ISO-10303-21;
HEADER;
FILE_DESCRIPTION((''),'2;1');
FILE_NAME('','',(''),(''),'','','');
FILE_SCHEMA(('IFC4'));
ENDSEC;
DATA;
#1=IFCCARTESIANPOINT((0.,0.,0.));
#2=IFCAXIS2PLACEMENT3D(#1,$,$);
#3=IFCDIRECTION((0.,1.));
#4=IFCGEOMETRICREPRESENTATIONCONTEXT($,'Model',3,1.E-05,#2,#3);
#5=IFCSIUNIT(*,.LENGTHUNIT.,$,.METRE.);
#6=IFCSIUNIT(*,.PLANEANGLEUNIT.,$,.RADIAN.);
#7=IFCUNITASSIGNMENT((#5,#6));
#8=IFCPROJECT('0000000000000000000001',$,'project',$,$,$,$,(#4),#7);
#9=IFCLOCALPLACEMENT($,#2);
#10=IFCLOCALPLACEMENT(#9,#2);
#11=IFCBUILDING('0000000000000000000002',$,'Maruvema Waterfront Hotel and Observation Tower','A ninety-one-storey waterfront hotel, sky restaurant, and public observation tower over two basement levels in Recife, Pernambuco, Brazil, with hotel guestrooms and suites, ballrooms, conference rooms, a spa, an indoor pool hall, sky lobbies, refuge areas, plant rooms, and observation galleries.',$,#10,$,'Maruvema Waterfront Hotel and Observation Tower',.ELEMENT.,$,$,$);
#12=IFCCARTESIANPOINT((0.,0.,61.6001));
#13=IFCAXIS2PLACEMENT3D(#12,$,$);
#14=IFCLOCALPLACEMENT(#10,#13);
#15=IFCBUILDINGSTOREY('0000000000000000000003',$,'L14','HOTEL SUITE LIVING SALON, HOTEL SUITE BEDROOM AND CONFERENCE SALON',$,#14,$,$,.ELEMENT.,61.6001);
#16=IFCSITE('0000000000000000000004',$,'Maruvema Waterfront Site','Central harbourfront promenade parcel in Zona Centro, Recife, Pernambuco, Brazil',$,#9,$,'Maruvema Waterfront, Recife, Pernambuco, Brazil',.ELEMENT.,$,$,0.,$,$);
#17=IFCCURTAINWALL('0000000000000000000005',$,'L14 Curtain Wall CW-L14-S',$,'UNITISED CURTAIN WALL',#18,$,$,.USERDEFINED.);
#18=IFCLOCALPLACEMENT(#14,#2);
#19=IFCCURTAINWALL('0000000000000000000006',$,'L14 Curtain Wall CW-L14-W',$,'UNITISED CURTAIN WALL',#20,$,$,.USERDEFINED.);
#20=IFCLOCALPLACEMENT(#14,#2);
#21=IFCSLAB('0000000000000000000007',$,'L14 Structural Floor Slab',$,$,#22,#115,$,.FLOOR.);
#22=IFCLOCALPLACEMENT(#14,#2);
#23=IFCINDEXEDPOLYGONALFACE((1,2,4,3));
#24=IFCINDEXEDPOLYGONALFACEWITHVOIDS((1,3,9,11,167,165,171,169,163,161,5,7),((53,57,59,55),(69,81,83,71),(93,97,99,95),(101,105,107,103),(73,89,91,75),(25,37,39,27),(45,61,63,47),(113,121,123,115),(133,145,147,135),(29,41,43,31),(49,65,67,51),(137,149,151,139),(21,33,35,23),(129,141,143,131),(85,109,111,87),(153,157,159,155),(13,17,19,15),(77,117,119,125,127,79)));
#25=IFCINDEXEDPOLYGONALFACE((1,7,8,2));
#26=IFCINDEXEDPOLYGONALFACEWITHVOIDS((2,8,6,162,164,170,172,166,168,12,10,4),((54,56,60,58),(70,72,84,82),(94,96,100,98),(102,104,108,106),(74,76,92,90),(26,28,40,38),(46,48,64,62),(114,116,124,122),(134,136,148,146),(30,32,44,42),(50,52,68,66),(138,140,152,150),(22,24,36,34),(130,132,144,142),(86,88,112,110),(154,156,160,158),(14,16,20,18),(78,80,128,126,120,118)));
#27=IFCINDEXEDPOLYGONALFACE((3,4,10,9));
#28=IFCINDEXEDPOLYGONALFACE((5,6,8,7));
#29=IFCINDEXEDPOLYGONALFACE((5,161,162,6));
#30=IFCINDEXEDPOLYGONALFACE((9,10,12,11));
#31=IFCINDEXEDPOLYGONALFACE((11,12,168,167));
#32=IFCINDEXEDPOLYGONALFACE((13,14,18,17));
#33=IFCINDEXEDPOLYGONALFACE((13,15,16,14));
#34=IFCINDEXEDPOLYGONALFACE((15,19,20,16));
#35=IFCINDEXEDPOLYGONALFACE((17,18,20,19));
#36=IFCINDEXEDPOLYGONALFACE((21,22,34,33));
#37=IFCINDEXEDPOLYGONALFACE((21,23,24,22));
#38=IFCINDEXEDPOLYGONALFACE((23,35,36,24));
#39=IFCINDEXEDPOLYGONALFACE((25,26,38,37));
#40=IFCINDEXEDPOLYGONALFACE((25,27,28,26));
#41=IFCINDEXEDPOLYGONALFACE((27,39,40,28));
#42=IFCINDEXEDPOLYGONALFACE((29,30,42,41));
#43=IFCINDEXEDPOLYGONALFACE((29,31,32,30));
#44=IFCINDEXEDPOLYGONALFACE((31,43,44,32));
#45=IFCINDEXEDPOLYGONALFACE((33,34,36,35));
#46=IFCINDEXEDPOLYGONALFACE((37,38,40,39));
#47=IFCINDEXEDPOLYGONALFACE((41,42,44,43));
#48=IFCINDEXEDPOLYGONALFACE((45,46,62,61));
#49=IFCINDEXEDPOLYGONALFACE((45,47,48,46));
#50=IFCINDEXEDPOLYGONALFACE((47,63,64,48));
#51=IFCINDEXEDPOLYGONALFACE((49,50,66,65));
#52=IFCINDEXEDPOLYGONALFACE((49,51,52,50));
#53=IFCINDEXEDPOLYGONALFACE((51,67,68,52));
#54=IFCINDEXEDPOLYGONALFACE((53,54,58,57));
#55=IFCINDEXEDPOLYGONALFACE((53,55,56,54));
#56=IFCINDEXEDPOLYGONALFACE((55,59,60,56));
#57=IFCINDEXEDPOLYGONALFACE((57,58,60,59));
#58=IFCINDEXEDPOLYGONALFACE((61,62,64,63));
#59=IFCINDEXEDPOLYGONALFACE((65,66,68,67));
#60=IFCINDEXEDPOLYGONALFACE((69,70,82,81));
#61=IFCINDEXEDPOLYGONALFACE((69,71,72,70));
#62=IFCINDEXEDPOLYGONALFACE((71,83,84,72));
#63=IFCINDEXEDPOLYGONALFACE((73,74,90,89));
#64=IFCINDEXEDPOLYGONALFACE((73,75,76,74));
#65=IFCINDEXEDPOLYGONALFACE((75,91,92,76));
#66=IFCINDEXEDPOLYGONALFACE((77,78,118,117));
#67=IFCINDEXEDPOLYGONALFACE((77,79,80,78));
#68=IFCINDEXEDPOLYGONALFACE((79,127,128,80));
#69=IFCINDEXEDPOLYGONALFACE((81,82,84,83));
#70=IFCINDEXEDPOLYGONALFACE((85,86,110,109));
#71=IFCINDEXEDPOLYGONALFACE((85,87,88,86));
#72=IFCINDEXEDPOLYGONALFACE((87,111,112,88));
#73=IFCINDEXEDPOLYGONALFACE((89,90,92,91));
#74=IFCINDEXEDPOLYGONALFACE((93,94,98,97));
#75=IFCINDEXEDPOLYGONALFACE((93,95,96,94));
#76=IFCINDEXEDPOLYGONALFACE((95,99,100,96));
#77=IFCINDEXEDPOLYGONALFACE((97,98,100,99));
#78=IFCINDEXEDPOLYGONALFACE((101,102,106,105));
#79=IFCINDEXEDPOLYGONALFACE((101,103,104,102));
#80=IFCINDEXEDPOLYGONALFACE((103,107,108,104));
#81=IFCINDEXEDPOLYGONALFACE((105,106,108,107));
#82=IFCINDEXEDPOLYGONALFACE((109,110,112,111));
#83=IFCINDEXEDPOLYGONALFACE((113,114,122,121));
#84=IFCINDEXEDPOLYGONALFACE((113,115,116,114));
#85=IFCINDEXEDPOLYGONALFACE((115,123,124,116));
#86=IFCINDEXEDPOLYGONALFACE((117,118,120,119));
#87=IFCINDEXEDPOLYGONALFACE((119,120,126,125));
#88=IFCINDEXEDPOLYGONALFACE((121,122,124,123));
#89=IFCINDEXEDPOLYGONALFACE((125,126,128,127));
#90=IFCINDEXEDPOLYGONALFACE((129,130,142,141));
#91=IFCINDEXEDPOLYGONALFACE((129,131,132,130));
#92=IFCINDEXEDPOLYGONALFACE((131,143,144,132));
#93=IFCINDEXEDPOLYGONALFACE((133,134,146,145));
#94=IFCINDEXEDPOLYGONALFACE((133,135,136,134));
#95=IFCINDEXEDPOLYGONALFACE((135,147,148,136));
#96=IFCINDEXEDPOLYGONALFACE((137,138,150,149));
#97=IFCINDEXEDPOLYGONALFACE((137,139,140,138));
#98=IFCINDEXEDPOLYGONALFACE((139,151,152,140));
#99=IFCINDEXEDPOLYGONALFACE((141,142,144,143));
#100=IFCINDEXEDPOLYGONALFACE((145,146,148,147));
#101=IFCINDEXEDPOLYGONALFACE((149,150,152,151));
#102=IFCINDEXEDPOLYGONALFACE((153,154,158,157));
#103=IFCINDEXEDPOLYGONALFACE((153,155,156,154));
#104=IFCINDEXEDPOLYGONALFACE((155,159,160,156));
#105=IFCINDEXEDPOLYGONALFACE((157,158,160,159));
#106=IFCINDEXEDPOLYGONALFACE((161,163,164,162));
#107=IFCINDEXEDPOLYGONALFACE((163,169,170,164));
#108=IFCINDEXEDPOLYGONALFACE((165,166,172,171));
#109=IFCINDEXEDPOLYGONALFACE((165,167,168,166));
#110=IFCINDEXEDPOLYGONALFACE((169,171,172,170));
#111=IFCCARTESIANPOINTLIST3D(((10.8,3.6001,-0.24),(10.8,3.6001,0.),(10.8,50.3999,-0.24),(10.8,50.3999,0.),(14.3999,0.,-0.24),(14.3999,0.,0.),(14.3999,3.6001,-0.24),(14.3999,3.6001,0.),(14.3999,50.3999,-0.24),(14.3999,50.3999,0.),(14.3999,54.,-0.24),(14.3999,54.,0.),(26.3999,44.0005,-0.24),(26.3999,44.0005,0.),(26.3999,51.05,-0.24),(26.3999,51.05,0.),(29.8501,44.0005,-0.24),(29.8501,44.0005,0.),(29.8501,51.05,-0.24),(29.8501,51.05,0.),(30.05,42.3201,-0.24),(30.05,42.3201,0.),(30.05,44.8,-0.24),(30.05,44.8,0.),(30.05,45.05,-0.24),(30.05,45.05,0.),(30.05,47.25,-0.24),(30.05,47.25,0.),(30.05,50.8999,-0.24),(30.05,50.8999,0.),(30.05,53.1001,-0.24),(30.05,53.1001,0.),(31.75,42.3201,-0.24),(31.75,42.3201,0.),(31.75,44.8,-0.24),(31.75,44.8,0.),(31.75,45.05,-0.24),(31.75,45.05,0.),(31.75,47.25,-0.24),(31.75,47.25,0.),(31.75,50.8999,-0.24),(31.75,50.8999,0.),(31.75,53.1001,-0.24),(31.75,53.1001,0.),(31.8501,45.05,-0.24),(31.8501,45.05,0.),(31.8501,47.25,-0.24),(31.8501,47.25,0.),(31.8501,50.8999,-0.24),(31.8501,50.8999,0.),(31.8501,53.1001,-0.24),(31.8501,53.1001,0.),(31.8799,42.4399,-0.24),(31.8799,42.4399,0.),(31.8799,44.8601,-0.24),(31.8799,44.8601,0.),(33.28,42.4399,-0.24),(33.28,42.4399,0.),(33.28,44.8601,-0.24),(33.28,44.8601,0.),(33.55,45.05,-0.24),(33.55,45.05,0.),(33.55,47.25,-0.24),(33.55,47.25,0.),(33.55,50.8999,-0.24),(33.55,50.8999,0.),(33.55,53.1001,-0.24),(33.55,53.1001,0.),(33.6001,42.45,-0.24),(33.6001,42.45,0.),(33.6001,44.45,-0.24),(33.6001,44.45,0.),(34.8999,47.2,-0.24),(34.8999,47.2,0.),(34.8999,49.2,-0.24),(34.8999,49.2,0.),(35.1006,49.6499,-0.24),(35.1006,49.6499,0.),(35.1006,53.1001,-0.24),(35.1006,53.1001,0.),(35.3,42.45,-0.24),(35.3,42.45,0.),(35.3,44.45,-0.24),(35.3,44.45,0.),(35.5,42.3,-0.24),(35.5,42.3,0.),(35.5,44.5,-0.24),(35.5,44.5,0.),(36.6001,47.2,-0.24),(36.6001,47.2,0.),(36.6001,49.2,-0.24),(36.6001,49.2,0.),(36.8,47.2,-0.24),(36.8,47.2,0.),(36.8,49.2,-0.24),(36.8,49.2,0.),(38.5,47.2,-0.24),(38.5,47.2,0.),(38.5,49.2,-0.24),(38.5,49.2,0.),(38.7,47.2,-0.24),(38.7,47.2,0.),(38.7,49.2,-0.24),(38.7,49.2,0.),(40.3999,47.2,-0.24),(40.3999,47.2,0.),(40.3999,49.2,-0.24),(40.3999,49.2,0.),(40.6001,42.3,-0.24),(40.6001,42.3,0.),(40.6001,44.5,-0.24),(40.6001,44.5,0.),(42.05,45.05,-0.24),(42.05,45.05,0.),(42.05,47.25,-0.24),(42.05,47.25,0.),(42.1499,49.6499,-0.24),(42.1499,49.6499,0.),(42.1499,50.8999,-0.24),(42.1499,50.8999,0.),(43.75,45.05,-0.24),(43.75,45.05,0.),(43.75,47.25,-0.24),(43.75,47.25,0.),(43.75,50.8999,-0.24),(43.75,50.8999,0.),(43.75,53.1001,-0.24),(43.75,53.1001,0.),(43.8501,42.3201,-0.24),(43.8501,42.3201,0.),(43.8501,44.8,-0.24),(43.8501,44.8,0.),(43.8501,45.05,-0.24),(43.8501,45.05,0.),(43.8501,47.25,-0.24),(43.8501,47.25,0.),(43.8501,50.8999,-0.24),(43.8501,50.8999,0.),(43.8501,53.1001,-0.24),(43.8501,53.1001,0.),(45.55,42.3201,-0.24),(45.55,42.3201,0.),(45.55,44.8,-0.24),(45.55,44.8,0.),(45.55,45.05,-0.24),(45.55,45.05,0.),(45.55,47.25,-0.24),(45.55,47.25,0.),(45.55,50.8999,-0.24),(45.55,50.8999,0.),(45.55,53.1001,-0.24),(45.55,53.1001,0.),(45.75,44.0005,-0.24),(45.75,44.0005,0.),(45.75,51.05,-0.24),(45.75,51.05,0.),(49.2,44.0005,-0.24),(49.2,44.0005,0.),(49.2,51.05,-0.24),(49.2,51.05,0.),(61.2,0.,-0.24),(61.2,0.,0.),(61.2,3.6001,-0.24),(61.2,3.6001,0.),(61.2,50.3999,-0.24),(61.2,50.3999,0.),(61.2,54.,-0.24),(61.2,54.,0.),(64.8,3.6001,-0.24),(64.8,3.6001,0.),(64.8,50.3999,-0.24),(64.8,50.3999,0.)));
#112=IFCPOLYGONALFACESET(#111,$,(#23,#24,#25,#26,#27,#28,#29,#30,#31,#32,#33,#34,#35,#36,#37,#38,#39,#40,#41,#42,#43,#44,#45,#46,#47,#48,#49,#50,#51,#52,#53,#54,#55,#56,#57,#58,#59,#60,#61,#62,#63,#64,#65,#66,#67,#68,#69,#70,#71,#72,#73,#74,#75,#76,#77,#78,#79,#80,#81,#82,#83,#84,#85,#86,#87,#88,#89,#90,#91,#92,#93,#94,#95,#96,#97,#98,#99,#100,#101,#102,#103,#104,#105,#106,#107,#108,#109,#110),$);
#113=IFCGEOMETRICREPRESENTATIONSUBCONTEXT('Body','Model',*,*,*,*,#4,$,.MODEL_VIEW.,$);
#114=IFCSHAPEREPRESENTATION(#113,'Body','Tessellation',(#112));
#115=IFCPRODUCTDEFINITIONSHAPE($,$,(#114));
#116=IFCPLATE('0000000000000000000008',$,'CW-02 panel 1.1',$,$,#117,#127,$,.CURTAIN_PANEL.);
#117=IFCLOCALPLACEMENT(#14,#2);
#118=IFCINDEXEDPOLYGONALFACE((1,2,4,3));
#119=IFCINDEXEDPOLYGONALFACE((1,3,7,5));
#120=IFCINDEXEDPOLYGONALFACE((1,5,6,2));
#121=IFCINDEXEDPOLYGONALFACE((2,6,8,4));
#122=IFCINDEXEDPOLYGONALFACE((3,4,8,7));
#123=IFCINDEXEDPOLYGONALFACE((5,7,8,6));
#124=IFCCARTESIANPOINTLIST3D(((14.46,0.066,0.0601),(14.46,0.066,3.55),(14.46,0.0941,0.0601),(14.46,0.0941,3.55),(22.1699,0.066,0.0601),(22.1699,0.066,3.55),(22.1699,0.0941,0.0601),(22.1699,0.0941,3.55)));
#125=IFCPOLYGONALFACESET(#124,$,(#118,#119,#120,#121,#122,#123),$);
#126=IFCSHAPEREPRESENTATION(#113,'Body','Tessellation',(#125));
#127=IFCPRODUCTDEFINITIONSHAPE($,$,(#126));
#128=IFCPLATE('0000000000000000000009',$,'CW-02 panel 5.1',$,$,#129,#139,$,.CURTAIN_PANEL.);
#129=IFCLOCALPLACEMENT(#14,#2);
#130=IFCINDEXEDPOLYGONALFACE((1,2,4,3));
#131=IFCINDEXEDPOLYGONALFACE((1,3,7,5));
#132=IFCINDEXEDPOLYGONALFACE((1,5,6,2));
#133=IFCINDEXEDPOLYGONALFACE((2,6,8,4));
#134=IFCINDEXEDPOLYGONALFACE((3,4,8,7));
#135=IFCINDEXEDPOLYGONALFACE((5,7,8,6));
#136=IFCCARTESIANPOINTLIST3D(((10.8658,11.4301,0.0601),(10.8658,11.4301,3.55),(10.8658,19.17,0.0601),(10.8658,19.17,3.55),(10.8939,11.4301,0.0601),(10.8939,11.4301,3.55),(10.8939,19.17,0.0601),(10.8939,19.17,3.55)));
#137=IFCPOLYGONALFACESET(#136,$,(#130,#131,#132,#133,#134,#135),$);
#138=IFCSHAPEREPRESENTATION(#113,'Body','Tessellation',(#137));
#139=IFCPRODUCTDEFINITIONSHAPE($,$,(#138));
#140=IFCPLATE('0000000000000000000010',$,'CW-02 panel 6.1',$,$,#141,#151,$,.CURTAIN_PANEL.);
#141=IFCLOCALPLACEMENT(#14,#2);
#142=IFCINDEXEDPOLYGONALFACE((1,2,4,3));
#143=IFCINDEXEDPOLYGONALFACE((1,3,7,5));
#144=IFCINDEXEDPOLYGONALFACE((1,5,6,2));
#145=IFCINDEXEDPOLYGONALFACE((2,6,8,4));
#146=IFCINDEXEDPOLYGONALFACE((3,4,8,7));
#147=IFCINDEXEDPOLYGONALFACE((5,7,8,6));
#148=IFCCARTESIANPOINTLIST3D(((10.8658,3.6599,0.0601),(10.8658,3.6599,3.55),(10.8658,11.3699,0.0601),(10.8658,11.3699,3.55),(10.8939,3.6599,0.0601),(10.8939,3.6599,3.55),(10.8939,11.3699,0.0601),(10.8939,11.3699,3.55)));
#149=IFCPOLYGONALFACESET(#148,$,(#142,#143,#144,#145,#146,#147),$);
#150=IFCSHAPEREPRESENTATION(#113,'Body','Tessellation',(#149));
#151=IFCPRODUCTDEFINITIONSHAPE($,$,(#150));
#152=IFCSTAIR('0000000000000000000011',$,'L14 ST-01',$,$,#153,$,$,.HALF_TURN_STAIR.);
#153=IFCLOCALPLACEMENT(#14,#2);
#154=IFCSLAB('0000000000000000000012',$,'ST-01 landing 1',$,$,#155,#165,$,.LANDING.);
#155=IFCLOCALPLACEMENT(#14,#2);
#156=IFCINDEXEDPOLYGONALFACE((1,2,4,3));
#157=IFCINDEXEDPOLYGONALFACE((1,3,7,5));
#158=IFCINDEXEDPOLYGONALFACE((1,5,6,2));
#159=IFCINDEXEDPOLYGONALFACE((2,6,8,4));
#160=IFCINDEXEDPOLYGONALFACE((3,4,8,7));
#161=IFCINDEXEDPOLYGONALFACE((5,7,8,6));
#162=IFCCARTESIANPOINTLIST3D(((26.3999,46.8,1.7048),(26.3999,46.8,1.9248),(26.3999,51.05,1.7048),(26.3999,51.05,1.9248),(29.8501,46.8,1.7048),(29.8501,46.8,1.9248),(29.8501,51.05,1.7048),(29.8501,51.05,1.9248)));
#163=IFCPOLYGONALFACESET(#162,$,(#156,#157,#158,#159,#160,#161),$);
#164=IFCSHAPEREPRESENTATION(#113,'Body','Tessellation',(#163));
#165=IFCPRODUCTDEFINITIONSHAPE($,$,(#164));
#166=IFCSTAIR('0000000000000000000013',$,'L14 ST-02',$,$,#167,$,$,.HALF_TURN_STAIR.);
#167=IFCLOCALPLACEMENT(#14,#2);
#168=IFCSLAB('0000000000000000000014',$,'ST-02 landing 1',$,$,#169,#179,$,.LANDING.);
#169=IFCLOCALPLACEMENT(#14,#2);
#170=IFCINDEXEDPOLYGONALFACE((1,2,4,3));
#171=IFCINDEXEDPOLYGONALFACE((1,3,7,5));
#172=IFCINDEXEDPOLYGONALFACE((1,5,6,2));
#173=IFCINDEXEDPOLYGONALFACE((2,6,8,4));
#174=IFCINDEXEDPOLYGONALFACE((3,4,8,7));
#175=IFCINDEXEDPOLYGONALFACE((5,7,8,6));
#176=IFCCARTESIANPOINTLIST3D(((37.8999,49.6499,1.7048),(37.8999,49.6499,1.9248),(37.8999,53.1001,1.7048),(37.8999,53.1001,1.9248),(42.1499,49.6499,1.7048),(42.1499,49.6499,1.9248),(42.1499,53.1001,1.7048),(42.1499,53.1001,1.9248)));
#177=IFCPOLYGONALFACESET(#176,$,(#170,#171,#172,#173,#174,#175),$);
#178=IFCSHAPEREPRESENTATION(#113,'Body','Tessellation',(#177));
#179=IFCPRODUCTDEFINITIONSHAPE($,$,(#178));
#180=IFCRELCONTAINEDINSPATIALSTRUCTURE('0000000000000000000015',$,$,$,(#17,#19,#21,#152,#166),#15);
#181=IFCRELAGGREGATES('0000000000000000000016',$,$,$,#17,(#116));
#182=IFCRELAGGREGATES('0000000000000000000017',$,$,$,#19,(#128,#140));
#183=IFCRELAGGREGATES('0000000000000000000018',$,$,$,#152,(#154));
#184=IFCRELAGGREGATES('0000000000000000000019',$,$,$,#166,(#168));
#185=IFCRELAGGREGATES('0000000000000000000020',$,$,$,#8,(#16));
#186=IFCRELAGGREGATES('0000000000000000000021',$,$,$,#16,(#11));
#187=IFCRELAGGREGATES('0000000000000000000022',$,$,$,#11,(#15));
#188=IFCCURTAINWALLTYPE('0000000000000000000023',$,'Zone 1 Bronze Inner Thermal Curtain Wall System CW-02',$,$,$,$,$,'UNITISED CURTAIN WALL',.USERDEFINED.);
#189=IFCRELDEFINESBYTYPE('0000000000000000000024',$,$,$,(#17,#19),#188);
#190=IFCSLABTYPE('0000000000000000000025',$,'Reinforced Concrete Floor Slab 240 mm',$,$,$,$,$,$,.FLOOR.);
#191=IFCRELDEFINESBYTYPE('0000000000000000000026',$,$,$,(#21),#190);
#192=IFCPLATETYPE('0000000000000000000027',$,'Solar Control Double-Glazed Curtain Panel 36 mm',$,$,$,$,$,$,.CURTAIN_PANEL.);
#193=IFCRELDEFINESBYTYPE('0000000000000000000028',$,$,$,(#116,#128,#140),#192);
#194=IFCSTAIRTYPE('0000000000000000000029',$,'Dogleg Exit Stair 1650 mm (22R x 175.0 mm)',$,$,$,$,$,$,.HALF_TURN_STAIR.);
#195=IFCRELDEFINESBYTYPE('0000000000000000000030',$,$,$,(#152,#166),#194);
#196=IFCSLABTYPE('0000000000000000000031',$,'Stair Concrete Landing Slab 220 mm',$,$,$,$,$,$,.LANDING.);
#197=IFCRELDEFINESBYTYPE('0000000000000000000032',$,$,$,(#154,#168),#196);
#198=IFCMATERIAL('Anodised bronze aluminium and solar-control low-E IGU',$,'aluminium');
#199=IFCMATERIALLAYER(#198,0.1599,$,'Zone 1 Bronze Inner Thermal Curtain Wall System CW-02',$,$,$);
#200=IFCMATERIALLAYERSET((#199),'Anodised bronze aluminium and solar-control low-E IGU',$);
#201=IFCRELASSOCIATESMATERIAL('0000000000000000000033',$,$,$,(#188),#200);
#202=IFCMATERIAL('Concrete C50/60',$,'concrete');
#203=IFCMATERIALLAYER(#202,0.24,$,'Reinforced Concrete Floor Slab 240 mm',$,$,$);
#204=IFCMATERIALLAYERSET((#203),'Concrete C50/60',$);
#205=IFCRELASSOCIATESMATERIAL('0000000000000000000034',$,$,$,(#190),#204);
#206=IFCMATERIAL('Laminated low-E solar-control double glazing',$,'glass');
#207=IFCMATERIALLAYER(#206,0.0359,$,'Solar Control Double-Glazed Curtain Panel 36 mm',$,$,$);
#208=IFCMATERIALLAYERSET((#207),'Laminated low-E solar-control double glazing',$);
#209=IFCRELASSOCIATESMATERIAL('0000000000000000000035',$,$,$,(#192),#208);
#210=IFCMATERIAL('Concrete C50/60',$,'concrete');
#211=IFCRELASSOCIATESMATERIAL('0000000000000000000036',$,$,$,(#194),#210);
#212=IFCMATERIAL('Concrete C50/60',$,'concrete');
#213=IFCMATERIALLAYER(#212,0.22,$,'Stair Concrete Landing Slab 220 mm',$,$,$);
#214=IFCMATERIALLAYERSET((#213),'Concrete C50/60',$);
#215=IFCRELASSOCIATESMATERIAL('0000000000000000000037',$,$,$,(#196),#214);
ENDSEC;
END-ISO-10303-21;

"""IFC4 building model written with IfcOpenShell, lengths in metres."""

from ifc_helpers import new_model, si_unit, direction, frame, origin, origin_2d, place, context, subcontext, project, spatial, polyline, rectangle, outline, extrude, material, layer, layer_set, type_object, element, aggregate, save


model = new_model("IFC4")

# Units and contexts
model_context = context("Model", 3, precision=1e-05, world=origin(), true_north=direction((0.0, 1.0)))
body_context = subcontext(model_context, "Body", "Model", "MODEL_VIEW")
ifc_project = project(units=[si_unit("LENGTHUNIT", "METRE"), si_unit("PLANEANGLEUNIT", "RADIAN")], contexts=[model_context])

# Site, building, storey
site_placement = place(None, origin())
site = spatial("IfcSite", under=ifc_project, at=site_placement, Name="Maruvema Waterfront Site", Description="Central harbourfront promenade parcel in Zona Centro, Recife, Pernambuco, Brazil", LongName="Maruvema Waterfront, Recife, Pernambuco, Brazil", CompositionType="ELEMENT", RefElevation=0.0)
building_placement = place(site_placement, origin())
building = spatial("IfcBuilding", under=site, at=building_placement, Name="Maruvema Waterfront Hotel and Observation Tower", Description="A ninety-one-storey waterfront hotel, sky restaurant, and public observation tower over two basement levels in Recife, Pernambuco, Brazil, with hotel guestrooms and suites, ballrooms, conference rooms, a spa, an indoor pool hall, sky lobbies, refuge areas, plant rooms, and observation galleries.", LongName="Maruvema Waterfront Hotel and Observation Tower", CompositionType="ELEMENT")
storey_placement = place(building_placement, frame((0.0, 0.0, 61.6001)))
storey = spatial("IfcBuildingStorey", under=building, at=storey_placement, Name="L14", Description="HOTEL SUITE LIVING SALON, HOTEL SUITE BEDROOM AND CONFERENCE SALON", CompositionType="ELEMENT", Elevation=61.6001)

# Curtain walls
ifc_material_1 = material(Name="Anodised bronze aluminium and solar-control low-E IGU", Category="aluminium")
ifc_layer_1 = layer(ifc_material_1, 0.1599, Name="Zone 1 Bronze Inner Thermal Curtain Wall System CW-02")
ifc_layer_set_1 = layer_set([ifc_layer_1], Name="Anodised bronze aluminium and solar-control low-E IGU")
curtain_wall_type = type_object("IfcCurtainWallType", Name="Zone 1 Bronze Inner Thermal Curtain Wall System CW-02", ElementType="UNITISED CURTAIN WALL", PredefinedType="USERDEFINED", material=ifc_layer_set_1)
curtain_wall_1_placement = place(storey_placement, origin())
curtain_wall_1 = element("IfcCurtainWall", 1, at=curtain_wall_1_placement, inside=storey, type_object=curtain_wall_type, Name="L14 Curtain Wall CW-L14-S", ObjectType="UNITISED CURTAIN WALL", PredefinedType="USERDEFINED")
curtain_wall_2_placement = place(storey_placement, origin())
curtain_wall_2 = element("IfcCurtainWall", 2, at=curtain_wall_2_placement, inside=storey, type_object=curtain_wall_type, Name="L14 Curtain Wall CW-L14-W", ObjectType="UNITISED CURTAIN WALL", PredefinedType="USERDEFINED")

# Slab
ifc_material_2 = material(Name="Concrete C50/60", Category="concrete")
ifc_layer_2 = layer(ifc_material_2, 0.24, Name="Reinforced Concrete Floor Slab 240 mm")
ifc_layer_set_2 = layer_set([ifc_layer_2], Name="Concrete C50/60")
slab_type_1 = type_object("IfcSlabType", Name="Reinforced Concrete Floor Slab 240 mm", PredefinedType="FLOOR", material=ifc_layer_set_2)
slab_1_placement = place(storey_placement, frame((0.0, 0.0, -0.24)))
element("IfcSlab", 3, at=slab_1_placement, inside=storey, type_object=slab_type_1, Name="L14 Structural Floor Slab", PredefinedType="FLOOR", context=body_context, shape_type="SweptSolid", body=[
    extrude(outline(polyline([(14.3999, 0.0), (61.2, 0.0), (61.2, 3.6001), (64.8, 3.6001), (64.8, 50.3999), (61.2, 50.3999), (61.2, 54.0), (14.3999, 54.0), (14.3999, 50.3999), (10.8, 50.3999), (10.8, 3.6001), (14.3999, 3.6001), (14.3999, 0.0)]), holes=[polyline([(26.3999, 44.0005), (26.3999, 51.05), (29.8501, 51.05), (29.8501, 44.0005), (26.3999, 44.0005)]), polyline([(30.05, 44.8), (31.75, 44.8), (31.75, 42.3201), (30.05, 42.3201), (30.05, 44.8)]), polyline([(31.75, 47.25), (31.75, 45.05), (30.05, 45.05), (30.05, 47.25), (31.75, 47.25)]), polyline([(31.75, 53.1001), (31.75, 50.8999), (30.05, 50.8999), (30.05, 53.1001), (31.75, 53.1001)]), polyline([(33.28, 44.8601), (33.28, 42.4399), (31.8799, 42.4399), (31.8799, 44.8601), (33.28, 44.8601)]), polyline([(31.8501, 47.25), (33.55, 47.25), (33.55, 45.05), (31.8501, 45.05), (31.8501, 47.25)]), polyline([(31.8501, 53.1001), (33.55, 53.1001), (33.55, 50.8999), (31.8501, 50.8999), (31.8501, 53.1001)]), polyline([(33.6001, 44.45), (35.3, 44.45), (35.3, 42.45), (33.6001, 42.45), (33.6001, 44.45)]), polyline([(34.8999, 49.2), (36.6001, 49.2), (36.6001, 47.2), (34.8999, 47.2), (34.8999, 49.2)]), polyline([(38.5, 49.2), (38.5, 47.2), (36.8, 47.2), (36.8, 49.2), (38.5, 49.2)]), polyline([(35.5, 44.5), (40.6001, 44.5), (40.6001, 42.3), (35.5, 42.3), (35.5, 44.5)]), polyline([(43.75, 50.8999), (42.1499, 50.8999), (42.1499, 49.6499), (35.1006, 49.6499), (35.1006, 53.1001), (43.75, 53.1001), (43.75, 50.8999)]), polyline([(40.3999, 49.2), (40.3999, 47.2), (38.7, 47.2), (38.7, 49.2), (40.3999, 49.2)]), polyline([(43.75, 47.25), (43.75, 45.05), (42.05, 45.05), (42.05, 47.25), (43.75, 47.25)]), polyline([(45.55, 44.8), (45.55, 42.3201), (43.8501, 42.3201), (43.8501, 44.8), (45.55, 44.8)]), polyline([(43.8501, 47.25), (45.55, 47.25), (45.55, 45.05), (43.8501, 45.05), (43.8501, 47.25)]), polyline([(45.55, 53.1001), (45.55, 50.8999), (43.8501, 50.8999), (43.8501, 53.1001), (45.55, 53.1001)]), polyline([(45.75, 51.05), (49.2, 51.05), (49.2, 44.0005), (45.75, 44.0005), (45.75, 51.05)])]), origin(), (0.0, 0.0, 1.0), 0.24),
])

# Plates
ifc_material_3 = material(Name="Laminated low-E solar-control double glazing", Category="glass")
ifc_layer_3 = layer(ifc_material_3, 0.0359, Name="Solar Control Double-Glazed Curtain Panel 36 mm")
ifc_layer_set_3 = layer_set([ifc_layer_3], Name="Laminated low-E solar-control double glazing")
plate_type = type_object("IfcPlateType", Name="Solar Control Double-Glazed Curtain Panel 36 mm", PredefinedType="CURTAIN_PANEL", material=ifc_layer_set_3)
plate_1_placement = place(storey_placement, frame((18.3149, 0.0801, 0.0601), z_axis=(0.0, 0.0, 1.0), x_axis=(1.0, 0.0, 0.0)))
plate_1 = element("IfcPlate", 4, at=plate_1_placement, type_object=plate_type, Name="CW-02 panel 1.1", PredefinedType="CURTAIN_PANEL", context=body_context, shape_type="SweptSolid", body=[
    extrude(rectangle(XDim=7.71, YDim=0.0281, at=origin_2d()), origin(), (0.0, 0.0, 1.0), 3.49),
])
aggregate(curtain_wall_1, [plate_1])
plate_2_placement = place(storey_placement, frame((10.8799, 15.3, 0.0601), z_axis=(0.0, 0.0, 1.0), x_axis=(0.0, -1.0, 0.0)))
plate_2 = element("IfcPlate", 5, at=plate_2_placement, type_object=plate_type, Name="CW-02 panel 5.1", PredefinedType="CURTAIN_PANEL", context=body_context, shape_type="SweptSolid", body=[
    extrude(rectangle(XDim=7.74, YDim=0.0281, at=origin_2d()), origin(), (0.0, 0.0, 1.0), 3.49),
])
plate_3_placement = place(storey_placement, frame((10.8799, 7.5149, 0.0601), z_axis=(0.0, 0.0, 1.0), x_axis=(0.0, -1.0, 0.0)))
plate_3 = element("IfcPlate", 6, at=plate_3_placement, type_object=plate_type, Name="CW-02 panel 6.1", PredefinedType="CURTAIN_PANEL", context=body_context, shape_type="SweptSolid", body=[
    extrude(rectangle(XDim=7.71, YDim=0.0281, at=origin_2d()), origin(), (0.0, 0.0, 1.0), 3.49),
])
aggregate(curtain_wall_2, [plate_2, plate_3])

# Stairs, slabs
ifc_material_4 = material(Name="Concrete C50/60", Category="concrete")
stair_type = type_object("IfcStairType", Name="Dogleg Exit Stair 1650 mm (22R x 175.0 mm)", PredefinedType="HALF_TURN_STAIR", material=ifc_material_4)
stair_1_placement = place(storey_placement, origin())
stair_1 = element("IfcStair", 7, at=stair_1_placement, inside=storey, type_object=stair_type, Name="L14 ST-01", PredefinedType="HALF_TURN_STAIR")
ifc_material_5 = material(Name="Concrete C50/60", Category="concrete")
ifc_layer_4 = layer(ifc_material_5, 0.22, Name="Stair Concrete Landing Slab 220 mm")
ifc_layer_set_4 = layer_set([ifc_layer_4], Name="Concrete C50/60")
slab_type_2 = type_object("IfcSlabType", Name="Stair Concrete Landing Slab 220 mm", PredefinedType="LANDING", material=ifc_layer_set_4)
slab_2_placement = place(storey_placement, frame((0.0, 0.0, 1.7048)))
slab_2 = element("IfcSlab", 8, at=slab_2_placement, type_object=slab_type_2, Name="ST-01 landing 1", PredefinedType="LANDING", context=body_context, shape_type="SweptSolid", body=[
    extrude(outline(polyline([(29.8501, 46.8), (29.8501, 51.05), (26.3999, 51.05), (26.3999, 46.8), (29.8501, 46.8)])), origin(), (0.0, 0.0, 1.0), 0.22),
])
aggregate(stair_1, [slab_2])
stair_2_placement = place(storey_placement, origin())
stair_2 = element("IfcStair", 9, at=stair_2_placement, inside=storey, type_object=stair_type, Name="L14 ST-02", PredefinedType="HALF_TURN_STAIR")
slab_3_placement = place(storey_placement, frame((0.0, 0.0, 1.7048)))
slab_3 = element("IfcSlab", 10, at=slab_3_placement, type_object=slab_type_2, Name="ST-02 landing 1", PredefinedType="LANDING", context=body_context, shape_type="SweptSolid", body=[
    extrude(outline(polyline([(37.8999, 49.6499), (42.1499, 49.6499), (42.1499, 53.1001), (37.8999, 53.1001), (37.8999, 49.6499)])), origin(), (0.0, 0.0, 1.0), 0.22),
])
aggregate(stair_2, [slab_3])

save(model, "model.ifc")
